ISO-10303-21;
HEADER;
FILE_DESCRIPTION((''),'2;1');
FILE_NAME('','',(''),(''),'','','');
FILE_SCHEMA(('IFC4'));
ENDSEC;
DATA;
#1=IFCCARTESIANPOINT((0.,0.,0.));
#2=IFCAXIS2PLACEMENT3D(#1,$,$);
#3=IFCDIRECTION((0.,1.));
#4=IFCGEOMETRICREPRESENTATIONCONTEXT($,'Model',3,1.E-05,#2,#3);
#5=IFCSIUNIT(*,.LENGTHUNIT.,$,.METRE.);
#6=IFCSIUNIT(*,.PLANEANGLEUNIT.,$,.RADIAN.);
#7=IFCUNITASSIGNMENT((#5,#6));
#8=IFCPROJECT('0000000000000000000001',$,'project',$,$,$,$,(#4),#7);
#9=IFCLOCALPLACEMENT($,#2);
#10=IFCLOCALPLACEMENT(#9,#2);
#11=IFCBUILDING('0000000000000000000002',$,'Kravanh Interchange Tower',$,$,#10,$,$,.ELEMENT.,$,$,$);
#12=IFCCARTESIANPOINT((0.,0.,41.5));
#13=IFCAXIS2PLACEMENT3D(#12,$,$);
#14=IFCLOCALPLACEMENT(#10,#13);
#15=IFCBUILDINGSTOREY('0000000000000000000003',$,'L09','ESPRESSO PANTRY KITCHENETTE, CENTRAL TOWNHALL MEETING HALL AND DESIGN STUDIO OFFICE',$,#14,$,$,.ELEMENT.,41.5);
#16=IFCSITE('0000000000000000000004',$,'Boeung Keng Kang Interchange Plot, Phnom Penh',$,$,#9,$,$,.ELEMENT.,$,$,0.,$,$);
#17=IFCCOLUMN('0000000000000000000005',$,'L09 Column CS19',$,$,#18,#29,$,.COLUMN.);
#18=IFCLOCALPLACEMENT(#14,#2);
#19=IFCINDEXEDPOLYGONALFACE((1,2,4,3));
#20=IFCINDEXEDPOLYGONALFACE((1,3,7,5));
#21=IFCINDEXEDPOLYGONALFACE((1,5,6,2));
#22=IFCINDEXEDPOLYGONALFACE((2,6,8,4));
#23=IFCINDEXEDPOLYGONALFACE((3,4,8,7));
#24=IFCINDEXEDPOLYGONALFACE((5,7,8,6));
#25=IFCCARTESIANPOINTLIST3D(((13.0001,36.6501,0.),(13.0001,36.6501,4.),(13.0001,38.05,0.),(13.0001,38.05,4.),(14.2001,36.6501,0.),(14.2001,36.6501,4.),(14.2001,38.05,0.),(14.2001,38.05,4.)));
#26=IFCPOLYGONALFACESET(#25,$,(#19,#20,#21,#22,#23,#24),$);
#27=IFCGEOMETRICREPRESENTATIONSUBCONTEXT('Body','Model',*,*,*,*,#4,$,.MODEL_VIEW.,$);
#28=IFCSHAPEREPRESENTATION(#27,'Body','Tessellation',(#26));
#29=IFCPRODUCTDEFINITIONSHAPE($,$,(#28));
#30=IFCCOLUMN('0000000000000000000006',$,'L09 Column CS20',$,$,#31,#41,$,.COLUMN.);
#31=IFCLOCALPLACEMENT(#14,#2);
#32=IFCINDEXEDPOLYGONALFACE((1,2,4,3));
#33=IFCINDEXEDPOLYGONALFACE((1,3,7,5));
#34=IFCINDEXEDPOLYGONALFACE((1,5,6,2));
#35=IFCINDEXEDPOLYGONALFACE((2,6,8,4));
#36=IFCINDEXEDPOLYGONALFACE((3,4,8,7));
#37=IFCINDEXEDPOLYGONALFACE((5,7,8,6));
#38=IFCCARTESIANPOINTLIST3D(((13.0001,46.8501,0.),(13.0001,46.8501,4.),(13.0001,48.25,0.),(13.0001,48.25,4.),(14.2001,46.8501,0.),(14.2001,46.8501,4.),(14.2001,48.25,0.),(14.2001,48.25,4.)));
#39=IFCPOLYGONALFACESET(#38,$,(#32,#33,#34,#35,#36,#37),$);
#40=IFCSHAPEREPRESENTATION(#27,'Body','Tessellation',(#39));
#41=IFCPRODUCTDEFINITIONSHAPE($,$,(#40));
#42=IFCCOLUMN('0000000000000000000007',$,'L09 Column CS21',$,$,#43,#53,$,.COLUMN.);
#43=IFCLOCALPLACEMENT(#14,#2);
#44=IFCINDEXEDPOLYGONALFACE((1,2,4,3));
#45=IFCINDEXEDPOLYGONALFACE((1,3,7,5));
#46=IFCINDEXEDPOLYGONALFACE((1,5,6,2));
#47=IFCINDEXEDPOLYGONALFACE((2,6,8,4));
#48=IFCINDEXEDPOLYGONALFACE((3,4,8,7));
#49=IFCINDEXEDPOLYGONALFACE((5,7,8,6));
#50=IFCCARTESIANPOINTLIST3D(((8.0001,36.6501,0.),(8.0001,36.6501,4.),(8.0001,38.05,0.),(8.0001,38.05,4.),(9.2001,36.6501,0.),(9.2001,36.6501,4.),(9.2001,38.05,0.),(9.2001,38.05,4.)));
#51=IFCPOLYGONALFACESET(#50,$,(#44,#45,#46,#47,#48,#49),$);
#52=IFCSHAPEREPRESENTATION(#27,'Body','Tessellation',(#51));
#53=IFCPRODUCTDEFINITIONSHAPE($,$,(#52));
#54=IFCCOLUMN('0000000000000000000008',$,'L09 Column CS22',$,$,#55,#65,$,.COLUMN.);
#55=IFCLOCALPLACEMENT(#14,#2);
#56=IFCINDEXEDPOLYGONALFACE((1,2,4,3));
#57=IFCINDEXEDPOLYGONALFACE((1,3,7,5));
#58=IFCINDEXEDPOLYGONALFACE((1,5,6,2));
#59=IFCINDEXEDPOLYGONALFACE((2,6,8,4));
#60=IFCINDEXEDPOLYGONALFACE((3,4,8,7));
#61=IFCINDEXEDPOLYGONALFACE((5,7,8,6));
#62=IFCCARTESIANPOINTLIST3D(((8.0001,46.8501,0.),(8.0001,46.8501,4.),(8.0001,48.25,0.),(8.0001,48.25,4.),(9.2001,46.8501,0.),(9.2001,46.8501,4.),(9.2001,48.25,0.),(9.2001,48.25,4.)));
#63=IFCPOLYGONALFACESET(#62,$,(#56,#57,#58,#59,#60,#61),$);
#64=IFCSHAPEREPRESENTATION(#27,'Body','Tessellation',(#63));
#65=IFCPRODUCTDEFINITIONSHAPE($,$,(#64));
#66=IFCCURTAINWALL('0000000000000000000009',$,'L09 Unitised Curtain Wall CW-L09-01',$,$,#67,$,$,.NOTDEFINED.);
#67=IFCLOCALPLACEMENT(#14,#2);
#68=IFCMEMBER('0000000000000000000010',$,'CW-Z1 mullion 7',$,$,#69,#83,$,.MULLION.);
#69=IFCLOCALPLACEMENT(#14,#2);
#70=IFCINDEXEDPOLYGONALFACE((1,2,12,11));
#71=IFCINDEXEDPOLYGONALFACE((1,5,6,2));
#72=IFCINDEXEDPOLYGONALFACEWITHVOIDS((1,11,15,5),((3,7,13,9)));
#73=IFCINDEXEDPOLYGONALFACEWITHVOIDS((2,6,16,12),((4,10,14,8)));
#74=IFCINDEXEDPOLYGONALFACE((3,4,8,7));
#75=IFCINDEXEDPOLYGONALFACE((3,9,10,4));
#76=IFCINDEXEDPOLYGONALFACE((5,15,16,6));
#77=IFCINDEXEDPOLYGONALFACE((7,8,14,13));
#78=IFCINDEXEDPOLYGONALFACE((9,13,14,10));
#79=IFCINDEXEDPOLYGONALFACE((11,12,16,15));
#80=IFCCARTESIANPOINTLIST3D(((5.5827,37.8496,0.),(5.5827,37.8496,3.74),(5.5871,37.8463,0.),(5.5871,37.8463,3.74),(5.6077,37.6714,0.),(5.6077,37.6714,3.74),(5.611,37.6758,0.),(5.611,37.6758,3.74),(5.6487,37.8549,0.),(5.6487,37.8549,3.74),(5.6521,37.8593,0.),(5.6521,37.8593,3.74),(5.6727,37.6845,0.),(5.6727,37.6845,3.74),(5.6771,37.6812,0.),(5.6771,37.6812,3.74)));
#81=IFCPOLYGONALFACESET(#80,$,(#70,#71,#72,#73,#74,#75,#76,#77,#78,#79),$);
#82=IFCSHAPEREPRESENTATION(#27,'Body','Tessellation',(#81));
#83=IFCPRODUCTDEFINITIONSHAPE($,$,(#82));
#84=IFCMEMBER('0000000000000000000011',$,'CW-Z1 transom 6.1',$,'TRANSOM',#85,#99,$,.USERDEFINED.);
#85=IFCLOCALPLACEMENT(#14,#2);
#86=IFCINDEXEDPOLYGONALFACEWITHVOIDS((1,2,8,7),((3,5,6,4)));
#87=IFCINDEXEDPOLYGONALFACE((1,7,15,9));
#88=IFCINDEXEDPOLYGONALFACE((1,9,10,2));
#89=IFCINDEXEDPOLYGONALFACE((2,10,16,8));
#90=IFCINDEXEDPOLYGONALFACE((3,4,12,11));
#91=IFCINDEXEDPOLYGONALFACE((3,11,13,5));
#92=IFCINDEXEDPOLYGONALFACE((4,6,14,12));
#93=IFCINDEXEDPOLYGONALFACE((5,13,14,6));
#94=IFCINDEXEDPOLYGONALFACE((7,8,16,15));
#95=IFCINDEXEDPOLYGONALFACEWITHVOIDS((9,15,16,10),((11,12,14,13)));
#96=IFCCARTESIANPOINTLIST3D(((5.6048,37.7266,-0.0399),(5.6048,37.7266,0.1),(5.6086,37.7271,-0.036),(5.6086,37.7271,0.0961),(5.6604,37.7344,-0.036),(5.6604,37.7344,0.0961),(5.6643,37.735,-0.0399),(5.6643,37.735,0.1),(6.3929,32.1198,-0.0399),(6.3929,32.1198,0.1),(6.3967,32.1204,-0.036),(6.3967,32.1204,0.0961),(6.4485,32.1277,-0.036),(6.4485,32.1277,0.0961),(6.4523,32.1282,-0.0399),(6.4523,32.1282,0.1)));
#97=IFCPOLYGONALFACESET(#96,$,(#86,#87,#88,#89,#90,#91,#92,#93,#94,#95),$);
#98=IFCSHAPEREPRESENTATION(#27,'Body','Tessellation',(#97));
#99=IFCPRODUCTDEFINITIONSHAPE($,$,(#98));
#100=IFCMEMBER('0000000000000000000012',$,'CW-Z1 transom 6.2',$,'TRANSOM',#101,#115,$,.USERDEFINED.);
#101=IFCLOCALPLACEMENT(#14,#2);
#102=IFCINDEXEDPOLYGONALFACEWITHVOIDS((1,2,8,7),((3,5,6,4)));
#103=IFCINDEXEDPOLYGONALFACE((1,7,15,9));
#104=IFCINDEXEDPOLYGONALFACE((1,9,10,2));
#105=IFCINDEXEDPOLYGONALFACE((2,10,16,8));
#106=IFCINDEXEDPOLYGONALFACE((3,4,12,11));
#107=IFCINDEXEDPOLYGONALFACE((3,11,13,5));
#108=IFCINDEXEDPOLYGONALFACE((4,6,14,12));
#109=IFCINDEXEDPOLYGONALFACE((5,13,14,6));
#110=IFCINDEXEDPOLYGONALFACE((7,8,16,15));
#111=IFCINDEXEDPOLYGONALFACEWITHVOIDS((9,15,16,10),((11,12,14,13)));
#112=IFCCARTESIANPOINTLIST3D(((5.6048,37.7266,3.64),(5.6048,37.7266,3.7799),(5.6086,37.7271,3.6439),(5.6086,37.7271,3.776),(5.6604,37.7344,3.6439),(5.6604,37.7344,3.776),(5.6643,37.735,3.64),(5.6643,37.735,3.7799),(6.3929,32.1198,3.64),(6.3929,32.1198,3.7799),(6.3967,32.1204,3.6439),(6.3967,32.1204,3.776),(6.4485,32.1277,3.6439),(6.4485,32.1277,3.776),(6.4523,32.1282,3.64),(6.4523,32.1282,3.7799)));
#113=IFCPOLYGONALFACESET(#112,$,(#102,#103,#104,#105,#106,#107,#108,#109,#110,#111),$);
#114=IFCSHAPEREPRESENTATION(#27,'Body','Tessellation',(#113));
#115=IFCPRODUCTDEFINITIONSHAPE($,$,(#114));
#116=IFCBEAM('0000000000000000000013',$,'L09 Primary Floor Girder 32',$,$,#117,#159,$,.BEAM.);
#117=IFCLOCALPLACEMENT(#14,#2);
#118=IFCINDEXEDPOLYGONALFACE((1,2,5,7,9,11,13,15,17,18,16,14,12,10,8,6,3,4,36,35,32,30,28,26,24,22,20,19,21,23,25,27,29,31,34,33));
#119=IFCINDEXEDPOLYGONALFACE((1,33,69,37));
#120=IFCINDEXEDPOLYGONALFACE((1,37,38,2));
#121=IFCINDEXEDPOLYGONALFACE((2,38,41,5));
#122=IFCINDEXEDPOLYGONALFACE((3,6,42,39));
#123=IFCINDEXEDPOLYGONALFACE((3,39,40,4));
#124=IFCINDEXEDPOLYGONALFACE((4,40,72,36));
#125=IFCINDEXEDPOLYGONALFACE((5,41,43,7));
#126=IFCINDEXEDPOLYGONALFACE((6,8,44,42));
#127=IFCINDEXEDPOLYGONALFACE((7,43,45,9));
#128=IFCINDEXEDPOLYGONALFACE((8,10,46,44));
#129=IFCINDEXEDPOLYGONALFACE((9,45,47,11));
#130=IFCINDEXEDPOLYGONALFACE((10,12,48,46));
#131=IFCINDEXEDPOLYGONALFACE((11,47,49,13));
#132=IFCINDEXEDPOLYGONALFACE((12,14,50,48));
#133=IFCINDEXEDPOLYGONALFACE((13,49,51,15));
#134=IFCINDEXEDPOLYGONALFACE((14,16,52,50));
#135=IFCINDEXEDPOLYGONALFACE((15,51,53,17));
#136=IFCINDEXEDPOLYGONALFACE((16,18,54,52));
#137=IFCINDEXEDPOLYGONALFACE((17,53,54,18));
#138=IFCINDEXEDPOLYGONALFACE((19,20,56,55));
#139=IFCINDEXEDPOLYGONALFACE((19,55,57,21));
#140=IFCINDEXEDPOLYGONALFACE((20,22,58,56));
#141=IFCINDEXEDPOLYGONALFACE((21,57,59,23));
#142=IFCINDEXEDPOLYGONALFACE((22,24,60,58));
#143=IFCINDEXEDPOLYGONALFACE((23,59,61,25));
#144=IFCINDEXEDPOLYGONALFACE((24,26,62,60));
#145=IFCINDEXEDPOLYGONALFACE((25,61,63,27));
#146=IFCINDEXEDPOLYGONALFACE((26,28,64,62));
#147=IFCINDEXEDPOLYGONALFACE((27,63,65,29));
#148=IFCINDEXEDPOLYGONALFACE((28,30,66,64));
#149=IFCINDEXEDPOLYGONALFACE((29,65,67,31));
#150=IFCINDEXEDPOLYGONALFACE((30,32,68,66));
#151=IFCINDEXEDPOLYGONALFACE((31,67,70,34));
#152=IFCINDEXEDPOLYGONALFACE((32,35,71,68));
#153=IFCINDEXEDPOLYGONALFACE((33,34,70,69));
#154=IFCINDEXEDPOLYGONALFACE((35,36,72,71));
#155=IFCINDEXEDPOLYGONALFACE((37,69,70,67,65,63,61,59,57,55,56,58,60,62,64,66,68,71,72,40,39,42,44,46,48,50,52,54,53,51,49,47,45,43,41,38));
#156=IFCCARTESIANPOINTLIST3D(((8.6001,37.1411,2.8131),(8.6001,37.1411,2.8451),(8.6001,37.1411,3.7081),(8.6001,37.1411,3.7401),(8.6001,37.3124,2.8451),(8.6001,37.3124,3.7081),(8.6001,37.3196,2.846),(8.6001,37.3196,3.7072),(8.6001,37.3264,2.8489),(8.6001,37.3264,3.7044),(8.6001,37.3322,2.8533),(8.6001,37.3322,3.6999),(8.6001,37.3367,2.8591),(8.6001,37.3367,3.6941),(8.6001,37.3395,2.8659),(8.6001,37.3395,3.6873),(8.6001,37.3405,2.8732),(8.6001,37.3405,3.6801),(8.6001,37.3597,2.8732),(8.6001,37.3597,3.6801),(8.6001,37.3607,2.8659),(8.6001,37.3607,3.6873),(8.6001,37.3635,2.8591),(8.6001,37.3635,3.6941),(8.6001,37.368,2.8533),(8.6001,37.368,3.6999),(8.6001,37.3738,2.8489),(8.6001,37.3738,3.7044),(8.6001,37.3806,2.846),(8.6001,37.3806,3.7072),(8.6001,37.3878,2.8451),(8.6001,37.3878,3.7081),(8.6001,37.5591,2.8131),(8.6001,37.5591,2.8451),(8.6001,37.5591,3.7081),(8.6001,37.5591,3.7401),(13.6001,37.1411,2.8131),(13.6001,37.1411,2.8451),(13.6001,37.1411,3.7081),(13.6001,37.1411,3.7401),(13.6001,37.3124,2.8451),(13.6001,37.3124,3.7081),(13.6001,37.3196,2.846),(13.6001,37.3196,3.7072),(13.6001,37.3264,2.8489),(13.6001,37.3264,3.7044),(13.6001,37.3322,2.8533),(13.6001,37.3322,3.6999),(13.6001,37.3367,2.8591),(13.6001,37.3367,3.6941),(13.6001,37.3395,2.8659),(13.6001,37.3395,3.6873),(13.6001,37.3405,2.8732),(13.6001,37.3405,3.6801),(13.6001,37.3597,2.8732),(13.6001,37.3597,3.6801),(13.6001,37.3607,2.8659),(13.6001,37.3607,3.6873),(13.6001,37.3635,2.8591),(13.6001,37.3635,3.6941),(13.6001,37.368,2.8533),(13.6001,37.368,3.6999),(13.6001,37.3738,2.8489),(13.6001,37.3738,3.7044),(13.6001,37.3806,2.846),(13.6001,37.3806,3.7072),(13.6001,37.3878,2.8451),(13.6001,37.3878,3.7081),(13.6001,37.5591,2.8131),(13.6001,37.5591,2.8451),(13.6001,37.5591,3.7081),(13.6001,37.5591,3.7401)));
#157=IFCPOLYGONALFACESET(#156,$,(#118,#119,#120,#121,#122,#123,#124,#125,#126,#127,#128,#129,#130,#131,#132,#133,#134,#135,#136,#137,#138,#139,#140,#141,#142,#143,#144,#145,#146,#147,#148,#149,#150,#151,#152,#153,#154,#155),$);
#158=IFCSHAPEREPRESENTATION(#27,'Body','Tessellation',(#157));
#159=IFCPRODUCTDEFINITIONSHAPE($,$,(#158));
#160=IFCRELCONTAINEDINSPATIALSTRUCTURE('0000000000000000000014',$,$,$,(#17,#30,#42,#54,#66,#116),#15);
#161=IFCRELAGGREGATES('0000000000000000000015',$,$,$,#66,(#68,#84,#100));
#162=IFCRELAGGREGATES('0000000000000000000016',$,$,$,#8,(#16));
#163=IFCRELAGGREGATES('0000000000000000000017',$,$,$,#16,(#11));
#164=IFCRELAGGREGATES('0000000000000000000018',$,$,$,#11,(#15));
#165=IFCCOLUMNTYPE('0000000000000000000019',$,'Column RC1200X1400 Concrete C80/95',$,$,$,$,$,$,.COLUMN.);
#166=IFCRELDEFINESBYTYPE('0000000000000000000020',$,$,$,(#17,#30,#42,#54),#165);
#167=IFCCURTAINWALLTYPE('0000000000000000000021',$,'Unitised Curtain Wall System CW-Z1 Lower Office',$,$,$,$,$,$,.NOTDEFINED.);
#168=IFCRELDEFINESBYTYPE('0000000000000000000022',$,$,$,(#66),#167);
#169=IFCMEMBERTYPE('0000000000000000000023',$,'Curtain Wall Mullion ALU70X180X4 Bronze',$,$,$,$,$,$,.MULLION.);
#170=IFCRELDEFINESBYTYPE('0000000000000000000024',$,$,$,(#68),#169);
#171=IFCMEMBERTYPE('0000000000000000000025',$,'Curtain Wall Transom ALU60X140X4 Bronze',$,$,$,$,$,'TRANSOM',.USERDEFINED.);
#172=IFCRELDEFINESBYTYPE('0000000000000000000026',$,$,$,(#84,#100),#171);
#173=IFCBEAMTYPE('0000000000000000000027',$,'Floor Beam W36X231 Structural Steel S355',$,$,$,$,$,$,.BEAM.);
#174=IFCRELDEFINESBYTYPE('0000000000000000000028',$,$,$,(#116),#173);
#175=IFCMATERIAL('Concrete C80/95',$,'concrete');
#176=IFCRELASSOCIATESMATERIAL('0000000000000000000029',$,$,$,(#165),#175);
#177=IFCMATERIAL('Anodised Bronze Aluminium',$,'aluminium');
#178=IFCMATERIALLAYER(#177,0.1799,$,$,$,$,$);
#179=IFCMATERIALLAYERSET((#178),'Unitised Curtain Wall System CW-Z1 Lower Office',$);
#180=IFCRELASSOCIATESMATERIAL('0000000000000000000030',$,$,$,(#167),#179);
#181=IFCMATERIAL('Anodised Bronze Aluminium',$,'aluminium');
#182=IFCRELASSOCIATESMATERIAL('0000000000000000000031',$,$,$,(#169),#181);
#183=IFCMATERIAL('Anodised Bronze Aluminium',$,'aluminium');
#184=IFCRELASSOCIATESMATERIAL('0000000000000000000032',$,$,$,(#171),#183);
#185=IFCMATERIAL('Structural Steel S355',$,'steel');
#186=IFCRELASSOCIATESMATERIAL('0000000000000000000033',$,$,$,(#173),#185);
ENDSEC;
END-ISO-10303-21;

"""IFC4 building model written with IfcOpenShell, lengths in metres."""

from ifc_helpers import new_model, si_unit, direction, frame, origin, origin_2d, place, context, subcontext, project, spatial, rectangle, hollow_rectangle, i_section, extrude, material, layer, layer_set, material_profile, profile_set, type_object, element, aggregate, save


model = new_model("IFC4")

# Units and contexts
model_context = context("Model", 3, precision=1e-05, world=origin(), true_north=direction((0.0, 1.0)))
body_context = subcontext(model_context, "Body", "Model", "MODEL_VIEW")
ifc_project = project(units=[si_unit("LENGTHUNIT", "METRE"), si_unit("PLANEANGLEUNIT", "RADIAN")], contexts=[model_context])

# Site, building, storey
site_placement = place(None, origin())
site = spatial("IfcSite", under=ifc_project, at=site_placement, Name="Boeung Keng Kang Interchange Plot, Phnom Penh", CompositionType="ELEMENT", RefElevation=0.0)
building_placement = place(site_placement, origin())
building = spatial("IfcBuilding", under=site, at=building_placement, Name="Kravanh Interchange Tower", CompositionType="ELEMENT")
storey_placement = place(building_placement, frame((0.0, 0.0, 41.5)))
storey = spatial("IfcBuildingStorey", under=building, at=storey_placement, Name="L09", Description="ESPRESSO PANTRY KITCHENETTE, CENTRAL TOWNHALL MEETING HALL AND DESIGN STUDIO OFFICE", CompositionType="ELEMENT", Elevation=41.5)

# Columns
ifc_material_1 = material(Name="Concrete C80/95", Category="concrete")
ifc_material_profile_1 = material_profile(ifc_material_1, rectangle(XDim=1.2, YDim=1.3999, at=origin_2d()), Name="RC1200X1400")
ifc_profile_set_1 = profile_set([ifc_material_profile_1], Name="Concrete C80/95")
column_type = type_object("IfcColumnType", Name="Column RC1200X1400 Concrete C80/95", PredefinedType="COLUMN", material=ifc_profile_set_1)
for number, where, z_axis, x_axis, name in (
    (1, (13.6001, 37.3501, 0.0), (0.0, 0.0, 1.0), (1.0, 0.0, 0.0), "L09 Column CS19"),
    (2, (13.6001, 47.55, 0.0), (0.0, 0.0, 1.0), (1.0, 0.0, 0.0), "L09 Column CS20"),
    (3, (8.6001, 37.3501, 0.0), (0.0, 0.0, 1.0), (1.0, 0.0, 0.0), "L09 Column CS21"),
    (4, (8.6001, 47.55, 0.0), (0.0, 0.0, 1.0), (1.0, 0.0, 0.0), "L09 Column CS22"),
):
    element("IfcColumn", number, at=place(storey_placement, frame(where, z_axis=z_axis, x_axis=x_axis)), inside=storey, type_object=column_type, Name=name, PredefinedType="COLUMN", context=body_context, shape_type="SweptSolid", body=[
        extrude(rectangle(XDim=1.2, YDim=1.3999, at=origin_2d()), origin(), (0.0, 0.0, 1.0), 4.0),
    ])

# Curtain wall, members
ifc_material_2 = material(Name="Anodised Bronze Aluminium", Category="aluminium")
ifc_layer_1 = layer(ifc_material_2, 0.1799)
ifc_layer_set_1 = layer_set([ifc_layer_1], Name="Unitised Curtain Wall System CW-Z1 Lower Office")
curtain_wall_type = type_object("IfcCurtainWallType", Name="Unitised Curtain Wall System CW-Z1 Lower Office", PredefinedType="NOTDEFINED", material=ifc_layer_set_1)
curtain_wall_placement = place(storey_placement, origin())
curtain_wall = element("IfcCurtainWall", 5, at=curtain_wall_placement, inside=storey, type_object=curtain_wall_type, Name="L09 Unitised Curtain Wall CW-L09-01", PredefinedType="NOTDEFINED")
ifc_material_3 = material(Name="Anodised Bronze Aluminium", Category="aluminium")
ifc_material_profile_2 = material_profile(ifc_material_3, hollow_rectangle(XDim=0.0701, YDim=0.1799, WallThickness=0.0039, at=origin_2d()), Name="ALU70X180X4")
ifc_profile_set_2 = profile_set([ifc_material_profile_2], Name="Anodised Bronze Aluminium")
member_type_1 = type_object("IfcMemberType", Name="Curtain Wall Mullion ALU70X180X4 Bronze", PredefinedType="MULLION", material=ifc_profile_set_2)
member_1_placement = place(storey_placement, frame((5.6299, 37.7654, 0.0), z_axis=(0.0, 0.0, 1.0), x_axis=(-0.990268, -0.139177, 0.0)))
member_1 = element("IfcMember", 6, at=member_1_placement, type_object=member_type_1, Name="CW-Z1 mullion 7", PredefinedType="MULLION", context=body_context, shape_type="SweptSolid", body=[
    extrude(hollow_rectangle(XDim=0.0701, YDim=0.1799, WallThickness=0.0039, at=origin_2d()), origin(), (0.0, 0.0, 1.0), 3.74),
])
ifc_material_4 = material(Name="Anodised Bronze Aluminium", Category="aluminium")
ifc_material_profile_3 = material_profile(ifc_material_4, hollow_rectangle(XDim=0.0601, YDim=0.1399, WallThickness=0.0039, at=origin_2d()), Name="ALU60X140X4")
ifc_profile_set_3 = profile_set([ifc_material_profile_3], Name="Anodised Bronze Aluminium")
member_type_2 = type_object("IfcMemberType", Name="Curtain Wall Transom ALU60X140X4 Bronze", ElementType="TRANSOM", PredefinedType="USERDEFINED", material=ifc_profile_set_3)
member_2_placement = place(storey_placement, frame((6.4226, 32.124, 0.03), z_axis=(-0.139193, 0.990265, 0.0), x_axis=(-0.990265, -0.139193, 0.0)))
member_2 = element("IfcMember", 7, at=member_2_placement, type_object=member_type_2, Name="CW-Z1 transom 6.1", ObjectType="TRANSOM", PredefinedType="USERDEFINED", context=body_context, shape_type="SweptSolid", body=[
    extrude(hollow_rectangle(XDim=0.0601, YDim=0.1399, WallThickness=0.0039, at=origin_2d()), origin(), (0.0, 0.0, 1.0), 5.6619),
])
member_3_placement = place(storey_placement, frame((6.4226, 32.124, 3.71), z_axis=(-0.139193, 0.990265, 0.0), x_axis=(-0.990265, -0.139193, 0.0)))
member_3 = element("IfcMember", 8, at=member_3_placement, type_object=member_type_2, Name="CW-Z1 transom 6.2", ObjectType="TRANSOM", PredefinedType="USERDEFINED", context=body_context, shape_type="SweptSolid", body=[
    extrude(hollow_rectangle(XDim=0.0601, YDim=0.1399, WallThickness=0.0039, at=origin_2d()), origin(), (0.0, 0.0, 1.0), 5.6619),
])

# Beam
ifc_material_5 = material(Name="Structural Steel S355", Category="steel")
ifc_material_profile_4 = material_profile(ifc_material_5, i_section(OverallWidth=0.418, OverallDepth=0.927, WebThickness=0.0193, FlangeThickness=0.032, FilletRadius=0.0281, at=origin_2d()), Name="W36X231")
ifc_profile_set_4 = profile_set([ifc_material_profile_4], Name="Structural Steel S355")
beam_type = type_object("IfcBeamType", Name="Floor Beam W36X231 Structural Steel S355", PredefinedType="BEAM", material=ifc_profile_set_4)
beam_1_placement = place(storey_placement, frame((13.6001, 37.3501, 3.2766), z_axis=(-1.0, 0.0, 0.0), x_axis=(0.0, -1.0, 0.0)))
element("IfcBeam", 9, at=beam_1_placement, inside=storey, type_object=beam_type, Name="L09 Primary Floor Girder 32", PredefinedType="BEAM", context=body_context, shape_type="SweptSolid", body=[
    extrude(i_section(OverallWidth=0.418, OverallDepth=0.927, WebThickness=0.0193, FlangeThickness=0.032, FilletRadius=0.0281, at=origin_2d()), origin(), (0.0, 0.0, 1.0), 5.0),
])

aggregate(curtain_wall, [member_1, member_2, member_3])

save(model, "model.ifc")
